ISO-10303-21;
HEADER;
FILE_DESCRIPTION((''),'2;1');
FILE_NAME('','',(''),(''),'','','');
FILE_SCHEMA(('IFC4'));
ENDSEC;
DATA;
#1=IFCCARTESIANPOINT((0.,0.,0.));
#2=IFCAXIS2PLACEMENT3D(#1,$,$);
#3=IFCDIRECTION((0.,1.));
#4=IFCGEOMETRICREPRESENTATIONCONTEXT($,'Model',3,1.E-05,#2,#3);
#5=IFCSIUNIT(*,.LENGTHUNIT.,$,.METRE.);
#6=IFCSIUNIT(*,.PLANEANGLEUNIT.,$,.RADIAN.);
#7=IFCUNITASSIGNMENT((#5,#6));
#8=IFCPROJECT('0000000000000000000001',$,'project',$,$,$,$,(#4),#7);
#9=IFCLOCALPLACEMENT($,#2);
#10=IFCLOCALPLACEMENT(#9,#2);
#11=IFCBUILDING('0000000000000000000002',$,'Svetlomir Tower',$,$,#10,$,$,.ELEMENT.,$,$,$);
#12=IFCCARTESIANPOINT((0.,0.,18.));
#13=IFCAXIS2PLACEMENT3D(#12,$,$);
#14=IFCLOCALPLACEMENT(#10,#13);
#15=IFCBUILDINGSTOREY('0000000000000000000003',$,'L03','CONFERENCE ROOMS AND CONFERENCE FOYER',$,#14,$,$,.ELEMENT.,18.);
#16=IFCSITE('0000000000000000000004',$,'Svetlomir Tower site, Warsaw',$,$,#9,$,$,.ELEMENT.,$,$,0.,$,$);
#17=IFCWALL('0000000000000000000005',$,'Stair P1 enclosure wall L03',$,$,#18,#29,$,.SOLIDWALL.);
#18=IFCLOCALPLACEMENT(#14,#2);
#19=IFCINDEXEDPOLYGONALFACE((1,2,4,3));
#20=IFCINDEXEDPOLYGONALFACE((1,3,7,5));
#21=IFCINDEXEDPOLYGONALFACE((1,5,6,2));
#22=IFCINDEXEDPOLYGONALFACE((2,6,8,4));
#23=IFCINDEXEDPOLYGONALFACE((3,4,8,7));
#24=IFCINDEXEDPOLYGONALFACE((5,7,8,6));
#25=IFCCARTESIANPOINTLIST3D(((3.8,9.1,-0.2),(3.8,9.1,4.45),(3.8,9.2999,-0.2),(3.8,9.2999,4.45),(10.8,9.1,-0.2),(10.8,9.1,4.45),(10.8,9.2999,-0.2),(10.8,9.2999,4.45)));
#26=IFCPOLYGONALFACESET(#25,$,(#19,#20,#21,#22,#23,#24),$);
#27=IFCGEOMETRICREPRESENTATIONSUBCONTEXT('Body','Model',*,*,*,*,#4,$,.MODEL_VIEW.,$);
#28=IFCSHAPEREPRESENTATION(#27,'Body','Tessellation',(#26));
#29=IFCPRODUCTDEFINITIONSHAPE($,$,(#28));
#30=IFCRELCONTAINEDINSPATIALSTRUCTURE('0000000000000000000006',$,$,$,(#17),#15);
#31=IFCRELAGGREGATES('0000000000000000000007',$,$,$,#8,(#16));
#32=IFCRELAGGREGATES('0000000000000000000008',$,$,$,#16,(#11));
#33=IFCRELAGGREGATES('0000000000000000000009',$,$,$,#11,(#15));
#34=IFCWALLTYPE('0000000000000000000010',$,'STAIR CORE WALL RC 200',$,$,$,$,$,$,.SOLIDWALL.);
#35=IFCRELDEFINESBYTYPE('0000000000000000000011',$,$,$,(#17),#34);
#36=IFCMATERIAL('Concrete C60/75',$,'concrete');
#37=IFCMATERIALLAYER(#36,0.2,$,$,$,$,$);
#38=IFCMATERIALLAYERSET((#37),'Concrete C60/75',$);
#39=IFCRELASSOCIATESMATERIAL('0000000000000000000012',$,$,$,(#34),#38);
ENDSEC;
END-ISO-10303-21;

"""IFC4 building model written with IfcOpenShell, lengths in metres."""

from ifc_helpers import new_model, si_unit, direction, frame, frame_2d, origin, place, context, subcontext, project, spatial, rectangle, extrude, material, layer, layer_set, type_object, element, save


model = new_model("IFC4")

# Units and contexts
model_context = context("Model", 3, precision=1e-05, world=origin(), true_north=direction((0.0, 1.0)))
body_context = subcontext(model_context, "Body", "Model", "MODEL_VIEW")
ifc_project = project(units=[si_unit("LENGTHUNIT", "METRE"), si_unit("PLANEANGLEUNIT", "RADIAN")], contexts=[model_context])

# Site, building, storey
site_placement = place(None, origin())
site = spatial("IfcSite", under=ifc_project, at=site_placement, Name="Svetlomir Tower site, Warsaw", CompositionType="ELEMENT", RefElevation=0.0)
building_placement = place(site_placement, origin())
building = spatial("IfcBuilding", under=site, at=building_placement, Name="Svetlomir Tower", CompositionType="ELEMENT")
storey_placement = place(building_placement, frame((0.0, 0.0, 18.0)))
storey = spatial("IfcBuildingStorey", under=building, at=storey_placement, Name="L03", Description="CONFERENCE ROOMS AND CONFERENCE FOYER", CompositionType="ELEMENT", Elevation=18.0)

# Wall
ifc_material_1 = material(Name="Concrete C60/75", Category="concrete")
ifc_layer_1 = layer(ifc_material_1, 0.2)
ifc_layer_set_1 = layer_set([ifc_layer_1], Name="Concrete C60/75")
wall_type_1 = type_object("IfcWallType", Name="STAIR CORE WALL RC 200", PredefinedType="SOLIDWALL", material=ifc_layer_set_1)
wall_1_placement = place(storey_placement, frame((3.8, 9.2, -0.2), z_axis=(0.0, 0.0, 1.0), x_axis=(1.0, 0.0, 0.0)))
element("IfcWall", 1, at=wall_1_placement, inside=storey, type_object=wall_type_1, Name="Stair P1 enclosure wall L03", PredefinedType="SOLIDWALL", context=body_context, shape_type="SweptSolid", body=[
    extrude(rectangle(XDim=7.0, YDim=0.2, at=frame_2d((3.5, 0.0))), origin(), (0.0, 0.0, 1.0), 4.6499),
])

save(model, "model.ifc")
